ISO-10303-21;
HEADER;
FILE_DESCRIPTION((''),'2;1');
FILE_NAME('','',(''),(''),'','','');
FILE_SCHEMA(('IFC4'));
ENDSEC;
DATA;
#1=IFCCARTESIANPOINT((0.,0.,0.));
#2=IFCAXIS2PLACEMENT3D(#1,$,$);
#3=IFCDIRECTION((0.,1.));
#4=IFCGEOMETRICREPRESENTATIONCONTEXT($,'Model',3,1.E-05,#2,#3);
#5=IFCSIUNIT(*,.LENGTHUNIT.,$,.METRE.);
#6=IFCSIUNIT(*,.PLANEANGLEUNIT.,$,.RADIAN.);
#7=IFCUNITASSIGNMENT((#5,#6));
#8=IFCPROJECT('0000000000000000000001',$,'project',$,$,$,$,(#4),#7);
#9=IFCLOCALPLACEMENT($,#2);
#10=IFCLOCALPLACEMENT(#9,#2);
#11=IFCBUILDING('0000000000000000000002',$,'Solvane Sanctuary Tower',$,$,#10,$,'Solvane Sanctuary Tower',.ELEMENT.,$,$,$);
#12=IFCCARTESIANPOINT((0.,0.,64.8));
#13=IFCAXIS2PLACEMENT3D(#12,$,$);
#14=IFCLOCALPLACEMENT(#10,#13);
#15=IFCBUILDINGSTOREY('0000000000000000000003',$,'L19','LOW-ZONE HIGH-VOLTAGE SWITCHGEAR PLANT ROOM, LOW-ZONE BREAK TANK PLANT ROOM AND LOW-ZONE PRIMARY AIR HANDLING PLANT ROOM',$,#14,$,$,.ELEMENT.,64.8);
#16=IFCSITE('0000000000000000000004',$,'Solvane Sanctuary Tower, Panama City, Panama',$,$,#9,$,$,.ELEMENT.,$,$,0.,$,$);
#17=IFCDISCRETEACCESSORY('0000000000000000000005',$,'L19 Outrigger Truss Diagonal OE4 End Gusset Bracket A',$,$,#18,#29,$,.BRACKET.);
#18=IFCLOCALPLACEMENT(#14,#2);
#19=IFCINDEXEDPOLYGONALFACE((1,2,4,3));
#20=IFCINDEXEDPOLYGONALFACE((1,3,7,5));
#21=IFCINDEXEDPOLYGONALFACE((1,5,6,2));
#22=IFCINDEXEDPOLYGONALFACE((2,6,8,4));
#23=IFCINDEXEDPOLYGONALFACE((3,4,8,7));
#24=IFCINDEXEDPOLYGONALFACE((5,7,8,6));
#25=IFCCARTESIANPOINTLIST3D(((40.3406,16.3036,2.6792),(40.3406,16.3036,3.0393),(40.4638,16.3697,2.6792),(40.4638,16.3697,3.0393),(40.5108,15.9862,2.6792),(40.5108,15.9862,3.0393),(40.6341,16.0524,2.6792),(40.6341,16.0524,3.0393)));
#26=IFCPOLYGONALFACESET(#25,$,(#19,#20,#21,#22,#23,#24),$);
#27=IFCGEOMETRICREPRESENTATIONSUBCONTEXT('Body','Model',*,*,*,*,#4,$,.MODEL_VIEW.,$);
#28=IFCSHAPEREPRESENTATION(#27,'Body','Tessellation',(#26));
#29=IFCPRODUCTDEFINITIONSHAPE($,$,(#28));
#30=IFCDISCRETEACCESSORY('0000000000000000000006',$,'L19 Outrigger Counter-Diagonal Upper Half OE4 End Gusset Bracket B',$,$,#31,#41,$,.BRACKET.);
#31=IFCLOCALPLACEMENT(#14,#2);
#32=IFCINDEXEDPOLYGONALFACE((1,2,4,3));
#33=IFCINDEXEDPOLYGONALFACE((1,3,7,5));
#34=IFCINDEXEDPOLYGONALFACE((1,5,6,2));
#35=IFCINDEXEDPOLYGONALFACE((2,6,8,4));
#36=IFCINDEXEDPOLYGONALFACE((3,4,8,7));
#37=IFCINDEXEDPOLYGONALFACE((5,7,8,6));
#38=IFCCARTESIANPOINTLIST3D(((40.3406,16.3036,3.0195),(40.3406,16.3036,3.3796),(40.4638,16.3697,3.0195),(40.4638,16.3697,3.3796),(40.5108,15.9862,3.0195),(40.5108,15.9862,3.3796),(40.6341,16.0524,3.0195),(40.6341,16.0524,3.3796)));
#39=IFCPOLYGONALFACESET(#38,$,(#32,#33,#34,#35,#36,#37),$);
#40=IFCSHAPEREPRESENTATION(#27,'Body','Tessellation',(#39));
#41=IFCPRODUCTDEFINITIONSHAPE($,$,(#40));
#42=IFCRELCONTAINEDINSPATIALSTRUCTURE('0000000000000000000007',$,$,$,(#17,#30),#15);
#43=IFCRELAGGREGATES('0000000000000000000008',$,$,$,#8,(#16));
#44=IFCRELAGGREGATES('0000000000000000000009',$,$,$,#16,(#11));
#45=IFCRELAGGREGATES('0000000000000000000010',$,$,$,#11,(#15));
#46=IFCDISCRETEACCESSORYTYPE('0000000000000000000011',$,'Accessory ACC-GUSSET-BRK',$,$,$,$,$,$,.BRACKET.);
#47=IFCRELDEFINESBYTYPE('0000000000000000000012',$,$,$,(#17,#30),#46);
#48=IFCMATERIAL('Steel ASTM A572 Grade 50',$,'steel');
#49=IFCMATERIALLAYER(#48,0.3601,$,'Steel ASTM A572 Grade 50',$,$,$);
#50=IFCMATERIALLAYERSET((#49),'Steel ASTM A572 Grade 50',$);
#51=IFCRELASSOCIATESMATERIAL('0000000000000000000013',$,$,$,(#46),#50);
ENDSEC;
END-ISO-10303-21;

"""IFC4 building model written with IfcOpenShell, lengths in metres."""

from ifc_helpers import new_model, si_unit, direction, frame, origin, origin_2d, place, context, subcontext, project, spatial, rectangle, extrude, material, layer, layer_set, type_object, element, save


model = new_model("IFC4")

# Units and contexts
model_context = context("Model", 3, precision=1e-05, world=origin(), true_north=direction((0.0, 1.0)))
body_context = subcontext(model_context, "Body", "Model", "MODEL_VIEW")
ifc_project = project(units=[si_unit("LENGTHUNIT", "METRE"), si_unit("PLANEANGLEUNIT", "RADIAN")], contexts=[model_context])

# Site, building, storey
site_placement = place(None, origin())
site = spatial("IfcSite", under=ifc_project, at=site_placement, Name="Solvane Sanctuary Tower, Panama City, Panama", CompositionType="ELEMENT", RefElevation=0.0)
building_placement = place(site_placement, origin())
building = spatial("IfcBuilding", under=site, at=building_placement, Name="Solvane Sanctuary Tower", LongName="Solvane Sanctuary Tower", CompositionType="ELEMENT")
storey_placement = place(building_placement, frame((0.0, 0.0, 64.8)))
storey = spatial("IfcBuildingStorey", under=building, at=storey_placement, Name="L19", Description="LOW-ZONE HIGH-VOLTAGE SWITCHGEAR PLANT ROOM, LOW-ZONE BREAK TANK PLANT ROOM AND LOW-ZONE PRIMARY AIR HANDLING PLANT ROOM", CompositionType="ELEMENT", Elevation=64.8)

# Shared definitions
ifc_material_1 = material(Name="Steel ASTM A572 Grade 50", Category="steel")

# Discrete accessories
ifc_layer_1 = layer(ifc_material_1, 0.3601, Name="Steel ASTM A572 Grade 50")
ifc_layer_set_1 = layer_set([ifc_layer_1], Name="Steel ASTM A572 Grade 50")
discrete_accessory_type = type_object("IfcDiscreteAccessoryType", Name="Accessory ACC-GUSSET-BRK", PredefinedType="BRACKET", material=ifc_layer_set_1)
for number, where, z_axis, x_axis, name in (
    (1, (40.4873, 16.178, 2.6792), (0.0, 0.0, 1.0), (0.472705, -0.881221, 0.0), "L19 Outrigger Truss Diagonal OE4 End Gusset Bracket A"),
    (2, (40.4873, 16.178, 3.0195), (0.0, 0.0, 1.0), (-0.472705, 0.881221, 0.0), "L19 Outrigger Counter-Diagonal Upper Half OE4 End Gusset Bracket B"),
):
    element("IfcDiscreteAccessory", number, at=place(storey_placement, frame(where, z_axis=z_axis, x_axis=x_axis)), inside=storey, type_object=discrete_accessory_type, Name=name, PredefinedType="BRACKET", context=body_context, shape_type="SweptSolid", body=[
        extrude(rectangle(XDim=0.3601, YDim=0.1399, at=origin_2d()), origin(), (0.0, 0.0, 1.0), 0.3601),
    ])

save(model, "model.ifc")
